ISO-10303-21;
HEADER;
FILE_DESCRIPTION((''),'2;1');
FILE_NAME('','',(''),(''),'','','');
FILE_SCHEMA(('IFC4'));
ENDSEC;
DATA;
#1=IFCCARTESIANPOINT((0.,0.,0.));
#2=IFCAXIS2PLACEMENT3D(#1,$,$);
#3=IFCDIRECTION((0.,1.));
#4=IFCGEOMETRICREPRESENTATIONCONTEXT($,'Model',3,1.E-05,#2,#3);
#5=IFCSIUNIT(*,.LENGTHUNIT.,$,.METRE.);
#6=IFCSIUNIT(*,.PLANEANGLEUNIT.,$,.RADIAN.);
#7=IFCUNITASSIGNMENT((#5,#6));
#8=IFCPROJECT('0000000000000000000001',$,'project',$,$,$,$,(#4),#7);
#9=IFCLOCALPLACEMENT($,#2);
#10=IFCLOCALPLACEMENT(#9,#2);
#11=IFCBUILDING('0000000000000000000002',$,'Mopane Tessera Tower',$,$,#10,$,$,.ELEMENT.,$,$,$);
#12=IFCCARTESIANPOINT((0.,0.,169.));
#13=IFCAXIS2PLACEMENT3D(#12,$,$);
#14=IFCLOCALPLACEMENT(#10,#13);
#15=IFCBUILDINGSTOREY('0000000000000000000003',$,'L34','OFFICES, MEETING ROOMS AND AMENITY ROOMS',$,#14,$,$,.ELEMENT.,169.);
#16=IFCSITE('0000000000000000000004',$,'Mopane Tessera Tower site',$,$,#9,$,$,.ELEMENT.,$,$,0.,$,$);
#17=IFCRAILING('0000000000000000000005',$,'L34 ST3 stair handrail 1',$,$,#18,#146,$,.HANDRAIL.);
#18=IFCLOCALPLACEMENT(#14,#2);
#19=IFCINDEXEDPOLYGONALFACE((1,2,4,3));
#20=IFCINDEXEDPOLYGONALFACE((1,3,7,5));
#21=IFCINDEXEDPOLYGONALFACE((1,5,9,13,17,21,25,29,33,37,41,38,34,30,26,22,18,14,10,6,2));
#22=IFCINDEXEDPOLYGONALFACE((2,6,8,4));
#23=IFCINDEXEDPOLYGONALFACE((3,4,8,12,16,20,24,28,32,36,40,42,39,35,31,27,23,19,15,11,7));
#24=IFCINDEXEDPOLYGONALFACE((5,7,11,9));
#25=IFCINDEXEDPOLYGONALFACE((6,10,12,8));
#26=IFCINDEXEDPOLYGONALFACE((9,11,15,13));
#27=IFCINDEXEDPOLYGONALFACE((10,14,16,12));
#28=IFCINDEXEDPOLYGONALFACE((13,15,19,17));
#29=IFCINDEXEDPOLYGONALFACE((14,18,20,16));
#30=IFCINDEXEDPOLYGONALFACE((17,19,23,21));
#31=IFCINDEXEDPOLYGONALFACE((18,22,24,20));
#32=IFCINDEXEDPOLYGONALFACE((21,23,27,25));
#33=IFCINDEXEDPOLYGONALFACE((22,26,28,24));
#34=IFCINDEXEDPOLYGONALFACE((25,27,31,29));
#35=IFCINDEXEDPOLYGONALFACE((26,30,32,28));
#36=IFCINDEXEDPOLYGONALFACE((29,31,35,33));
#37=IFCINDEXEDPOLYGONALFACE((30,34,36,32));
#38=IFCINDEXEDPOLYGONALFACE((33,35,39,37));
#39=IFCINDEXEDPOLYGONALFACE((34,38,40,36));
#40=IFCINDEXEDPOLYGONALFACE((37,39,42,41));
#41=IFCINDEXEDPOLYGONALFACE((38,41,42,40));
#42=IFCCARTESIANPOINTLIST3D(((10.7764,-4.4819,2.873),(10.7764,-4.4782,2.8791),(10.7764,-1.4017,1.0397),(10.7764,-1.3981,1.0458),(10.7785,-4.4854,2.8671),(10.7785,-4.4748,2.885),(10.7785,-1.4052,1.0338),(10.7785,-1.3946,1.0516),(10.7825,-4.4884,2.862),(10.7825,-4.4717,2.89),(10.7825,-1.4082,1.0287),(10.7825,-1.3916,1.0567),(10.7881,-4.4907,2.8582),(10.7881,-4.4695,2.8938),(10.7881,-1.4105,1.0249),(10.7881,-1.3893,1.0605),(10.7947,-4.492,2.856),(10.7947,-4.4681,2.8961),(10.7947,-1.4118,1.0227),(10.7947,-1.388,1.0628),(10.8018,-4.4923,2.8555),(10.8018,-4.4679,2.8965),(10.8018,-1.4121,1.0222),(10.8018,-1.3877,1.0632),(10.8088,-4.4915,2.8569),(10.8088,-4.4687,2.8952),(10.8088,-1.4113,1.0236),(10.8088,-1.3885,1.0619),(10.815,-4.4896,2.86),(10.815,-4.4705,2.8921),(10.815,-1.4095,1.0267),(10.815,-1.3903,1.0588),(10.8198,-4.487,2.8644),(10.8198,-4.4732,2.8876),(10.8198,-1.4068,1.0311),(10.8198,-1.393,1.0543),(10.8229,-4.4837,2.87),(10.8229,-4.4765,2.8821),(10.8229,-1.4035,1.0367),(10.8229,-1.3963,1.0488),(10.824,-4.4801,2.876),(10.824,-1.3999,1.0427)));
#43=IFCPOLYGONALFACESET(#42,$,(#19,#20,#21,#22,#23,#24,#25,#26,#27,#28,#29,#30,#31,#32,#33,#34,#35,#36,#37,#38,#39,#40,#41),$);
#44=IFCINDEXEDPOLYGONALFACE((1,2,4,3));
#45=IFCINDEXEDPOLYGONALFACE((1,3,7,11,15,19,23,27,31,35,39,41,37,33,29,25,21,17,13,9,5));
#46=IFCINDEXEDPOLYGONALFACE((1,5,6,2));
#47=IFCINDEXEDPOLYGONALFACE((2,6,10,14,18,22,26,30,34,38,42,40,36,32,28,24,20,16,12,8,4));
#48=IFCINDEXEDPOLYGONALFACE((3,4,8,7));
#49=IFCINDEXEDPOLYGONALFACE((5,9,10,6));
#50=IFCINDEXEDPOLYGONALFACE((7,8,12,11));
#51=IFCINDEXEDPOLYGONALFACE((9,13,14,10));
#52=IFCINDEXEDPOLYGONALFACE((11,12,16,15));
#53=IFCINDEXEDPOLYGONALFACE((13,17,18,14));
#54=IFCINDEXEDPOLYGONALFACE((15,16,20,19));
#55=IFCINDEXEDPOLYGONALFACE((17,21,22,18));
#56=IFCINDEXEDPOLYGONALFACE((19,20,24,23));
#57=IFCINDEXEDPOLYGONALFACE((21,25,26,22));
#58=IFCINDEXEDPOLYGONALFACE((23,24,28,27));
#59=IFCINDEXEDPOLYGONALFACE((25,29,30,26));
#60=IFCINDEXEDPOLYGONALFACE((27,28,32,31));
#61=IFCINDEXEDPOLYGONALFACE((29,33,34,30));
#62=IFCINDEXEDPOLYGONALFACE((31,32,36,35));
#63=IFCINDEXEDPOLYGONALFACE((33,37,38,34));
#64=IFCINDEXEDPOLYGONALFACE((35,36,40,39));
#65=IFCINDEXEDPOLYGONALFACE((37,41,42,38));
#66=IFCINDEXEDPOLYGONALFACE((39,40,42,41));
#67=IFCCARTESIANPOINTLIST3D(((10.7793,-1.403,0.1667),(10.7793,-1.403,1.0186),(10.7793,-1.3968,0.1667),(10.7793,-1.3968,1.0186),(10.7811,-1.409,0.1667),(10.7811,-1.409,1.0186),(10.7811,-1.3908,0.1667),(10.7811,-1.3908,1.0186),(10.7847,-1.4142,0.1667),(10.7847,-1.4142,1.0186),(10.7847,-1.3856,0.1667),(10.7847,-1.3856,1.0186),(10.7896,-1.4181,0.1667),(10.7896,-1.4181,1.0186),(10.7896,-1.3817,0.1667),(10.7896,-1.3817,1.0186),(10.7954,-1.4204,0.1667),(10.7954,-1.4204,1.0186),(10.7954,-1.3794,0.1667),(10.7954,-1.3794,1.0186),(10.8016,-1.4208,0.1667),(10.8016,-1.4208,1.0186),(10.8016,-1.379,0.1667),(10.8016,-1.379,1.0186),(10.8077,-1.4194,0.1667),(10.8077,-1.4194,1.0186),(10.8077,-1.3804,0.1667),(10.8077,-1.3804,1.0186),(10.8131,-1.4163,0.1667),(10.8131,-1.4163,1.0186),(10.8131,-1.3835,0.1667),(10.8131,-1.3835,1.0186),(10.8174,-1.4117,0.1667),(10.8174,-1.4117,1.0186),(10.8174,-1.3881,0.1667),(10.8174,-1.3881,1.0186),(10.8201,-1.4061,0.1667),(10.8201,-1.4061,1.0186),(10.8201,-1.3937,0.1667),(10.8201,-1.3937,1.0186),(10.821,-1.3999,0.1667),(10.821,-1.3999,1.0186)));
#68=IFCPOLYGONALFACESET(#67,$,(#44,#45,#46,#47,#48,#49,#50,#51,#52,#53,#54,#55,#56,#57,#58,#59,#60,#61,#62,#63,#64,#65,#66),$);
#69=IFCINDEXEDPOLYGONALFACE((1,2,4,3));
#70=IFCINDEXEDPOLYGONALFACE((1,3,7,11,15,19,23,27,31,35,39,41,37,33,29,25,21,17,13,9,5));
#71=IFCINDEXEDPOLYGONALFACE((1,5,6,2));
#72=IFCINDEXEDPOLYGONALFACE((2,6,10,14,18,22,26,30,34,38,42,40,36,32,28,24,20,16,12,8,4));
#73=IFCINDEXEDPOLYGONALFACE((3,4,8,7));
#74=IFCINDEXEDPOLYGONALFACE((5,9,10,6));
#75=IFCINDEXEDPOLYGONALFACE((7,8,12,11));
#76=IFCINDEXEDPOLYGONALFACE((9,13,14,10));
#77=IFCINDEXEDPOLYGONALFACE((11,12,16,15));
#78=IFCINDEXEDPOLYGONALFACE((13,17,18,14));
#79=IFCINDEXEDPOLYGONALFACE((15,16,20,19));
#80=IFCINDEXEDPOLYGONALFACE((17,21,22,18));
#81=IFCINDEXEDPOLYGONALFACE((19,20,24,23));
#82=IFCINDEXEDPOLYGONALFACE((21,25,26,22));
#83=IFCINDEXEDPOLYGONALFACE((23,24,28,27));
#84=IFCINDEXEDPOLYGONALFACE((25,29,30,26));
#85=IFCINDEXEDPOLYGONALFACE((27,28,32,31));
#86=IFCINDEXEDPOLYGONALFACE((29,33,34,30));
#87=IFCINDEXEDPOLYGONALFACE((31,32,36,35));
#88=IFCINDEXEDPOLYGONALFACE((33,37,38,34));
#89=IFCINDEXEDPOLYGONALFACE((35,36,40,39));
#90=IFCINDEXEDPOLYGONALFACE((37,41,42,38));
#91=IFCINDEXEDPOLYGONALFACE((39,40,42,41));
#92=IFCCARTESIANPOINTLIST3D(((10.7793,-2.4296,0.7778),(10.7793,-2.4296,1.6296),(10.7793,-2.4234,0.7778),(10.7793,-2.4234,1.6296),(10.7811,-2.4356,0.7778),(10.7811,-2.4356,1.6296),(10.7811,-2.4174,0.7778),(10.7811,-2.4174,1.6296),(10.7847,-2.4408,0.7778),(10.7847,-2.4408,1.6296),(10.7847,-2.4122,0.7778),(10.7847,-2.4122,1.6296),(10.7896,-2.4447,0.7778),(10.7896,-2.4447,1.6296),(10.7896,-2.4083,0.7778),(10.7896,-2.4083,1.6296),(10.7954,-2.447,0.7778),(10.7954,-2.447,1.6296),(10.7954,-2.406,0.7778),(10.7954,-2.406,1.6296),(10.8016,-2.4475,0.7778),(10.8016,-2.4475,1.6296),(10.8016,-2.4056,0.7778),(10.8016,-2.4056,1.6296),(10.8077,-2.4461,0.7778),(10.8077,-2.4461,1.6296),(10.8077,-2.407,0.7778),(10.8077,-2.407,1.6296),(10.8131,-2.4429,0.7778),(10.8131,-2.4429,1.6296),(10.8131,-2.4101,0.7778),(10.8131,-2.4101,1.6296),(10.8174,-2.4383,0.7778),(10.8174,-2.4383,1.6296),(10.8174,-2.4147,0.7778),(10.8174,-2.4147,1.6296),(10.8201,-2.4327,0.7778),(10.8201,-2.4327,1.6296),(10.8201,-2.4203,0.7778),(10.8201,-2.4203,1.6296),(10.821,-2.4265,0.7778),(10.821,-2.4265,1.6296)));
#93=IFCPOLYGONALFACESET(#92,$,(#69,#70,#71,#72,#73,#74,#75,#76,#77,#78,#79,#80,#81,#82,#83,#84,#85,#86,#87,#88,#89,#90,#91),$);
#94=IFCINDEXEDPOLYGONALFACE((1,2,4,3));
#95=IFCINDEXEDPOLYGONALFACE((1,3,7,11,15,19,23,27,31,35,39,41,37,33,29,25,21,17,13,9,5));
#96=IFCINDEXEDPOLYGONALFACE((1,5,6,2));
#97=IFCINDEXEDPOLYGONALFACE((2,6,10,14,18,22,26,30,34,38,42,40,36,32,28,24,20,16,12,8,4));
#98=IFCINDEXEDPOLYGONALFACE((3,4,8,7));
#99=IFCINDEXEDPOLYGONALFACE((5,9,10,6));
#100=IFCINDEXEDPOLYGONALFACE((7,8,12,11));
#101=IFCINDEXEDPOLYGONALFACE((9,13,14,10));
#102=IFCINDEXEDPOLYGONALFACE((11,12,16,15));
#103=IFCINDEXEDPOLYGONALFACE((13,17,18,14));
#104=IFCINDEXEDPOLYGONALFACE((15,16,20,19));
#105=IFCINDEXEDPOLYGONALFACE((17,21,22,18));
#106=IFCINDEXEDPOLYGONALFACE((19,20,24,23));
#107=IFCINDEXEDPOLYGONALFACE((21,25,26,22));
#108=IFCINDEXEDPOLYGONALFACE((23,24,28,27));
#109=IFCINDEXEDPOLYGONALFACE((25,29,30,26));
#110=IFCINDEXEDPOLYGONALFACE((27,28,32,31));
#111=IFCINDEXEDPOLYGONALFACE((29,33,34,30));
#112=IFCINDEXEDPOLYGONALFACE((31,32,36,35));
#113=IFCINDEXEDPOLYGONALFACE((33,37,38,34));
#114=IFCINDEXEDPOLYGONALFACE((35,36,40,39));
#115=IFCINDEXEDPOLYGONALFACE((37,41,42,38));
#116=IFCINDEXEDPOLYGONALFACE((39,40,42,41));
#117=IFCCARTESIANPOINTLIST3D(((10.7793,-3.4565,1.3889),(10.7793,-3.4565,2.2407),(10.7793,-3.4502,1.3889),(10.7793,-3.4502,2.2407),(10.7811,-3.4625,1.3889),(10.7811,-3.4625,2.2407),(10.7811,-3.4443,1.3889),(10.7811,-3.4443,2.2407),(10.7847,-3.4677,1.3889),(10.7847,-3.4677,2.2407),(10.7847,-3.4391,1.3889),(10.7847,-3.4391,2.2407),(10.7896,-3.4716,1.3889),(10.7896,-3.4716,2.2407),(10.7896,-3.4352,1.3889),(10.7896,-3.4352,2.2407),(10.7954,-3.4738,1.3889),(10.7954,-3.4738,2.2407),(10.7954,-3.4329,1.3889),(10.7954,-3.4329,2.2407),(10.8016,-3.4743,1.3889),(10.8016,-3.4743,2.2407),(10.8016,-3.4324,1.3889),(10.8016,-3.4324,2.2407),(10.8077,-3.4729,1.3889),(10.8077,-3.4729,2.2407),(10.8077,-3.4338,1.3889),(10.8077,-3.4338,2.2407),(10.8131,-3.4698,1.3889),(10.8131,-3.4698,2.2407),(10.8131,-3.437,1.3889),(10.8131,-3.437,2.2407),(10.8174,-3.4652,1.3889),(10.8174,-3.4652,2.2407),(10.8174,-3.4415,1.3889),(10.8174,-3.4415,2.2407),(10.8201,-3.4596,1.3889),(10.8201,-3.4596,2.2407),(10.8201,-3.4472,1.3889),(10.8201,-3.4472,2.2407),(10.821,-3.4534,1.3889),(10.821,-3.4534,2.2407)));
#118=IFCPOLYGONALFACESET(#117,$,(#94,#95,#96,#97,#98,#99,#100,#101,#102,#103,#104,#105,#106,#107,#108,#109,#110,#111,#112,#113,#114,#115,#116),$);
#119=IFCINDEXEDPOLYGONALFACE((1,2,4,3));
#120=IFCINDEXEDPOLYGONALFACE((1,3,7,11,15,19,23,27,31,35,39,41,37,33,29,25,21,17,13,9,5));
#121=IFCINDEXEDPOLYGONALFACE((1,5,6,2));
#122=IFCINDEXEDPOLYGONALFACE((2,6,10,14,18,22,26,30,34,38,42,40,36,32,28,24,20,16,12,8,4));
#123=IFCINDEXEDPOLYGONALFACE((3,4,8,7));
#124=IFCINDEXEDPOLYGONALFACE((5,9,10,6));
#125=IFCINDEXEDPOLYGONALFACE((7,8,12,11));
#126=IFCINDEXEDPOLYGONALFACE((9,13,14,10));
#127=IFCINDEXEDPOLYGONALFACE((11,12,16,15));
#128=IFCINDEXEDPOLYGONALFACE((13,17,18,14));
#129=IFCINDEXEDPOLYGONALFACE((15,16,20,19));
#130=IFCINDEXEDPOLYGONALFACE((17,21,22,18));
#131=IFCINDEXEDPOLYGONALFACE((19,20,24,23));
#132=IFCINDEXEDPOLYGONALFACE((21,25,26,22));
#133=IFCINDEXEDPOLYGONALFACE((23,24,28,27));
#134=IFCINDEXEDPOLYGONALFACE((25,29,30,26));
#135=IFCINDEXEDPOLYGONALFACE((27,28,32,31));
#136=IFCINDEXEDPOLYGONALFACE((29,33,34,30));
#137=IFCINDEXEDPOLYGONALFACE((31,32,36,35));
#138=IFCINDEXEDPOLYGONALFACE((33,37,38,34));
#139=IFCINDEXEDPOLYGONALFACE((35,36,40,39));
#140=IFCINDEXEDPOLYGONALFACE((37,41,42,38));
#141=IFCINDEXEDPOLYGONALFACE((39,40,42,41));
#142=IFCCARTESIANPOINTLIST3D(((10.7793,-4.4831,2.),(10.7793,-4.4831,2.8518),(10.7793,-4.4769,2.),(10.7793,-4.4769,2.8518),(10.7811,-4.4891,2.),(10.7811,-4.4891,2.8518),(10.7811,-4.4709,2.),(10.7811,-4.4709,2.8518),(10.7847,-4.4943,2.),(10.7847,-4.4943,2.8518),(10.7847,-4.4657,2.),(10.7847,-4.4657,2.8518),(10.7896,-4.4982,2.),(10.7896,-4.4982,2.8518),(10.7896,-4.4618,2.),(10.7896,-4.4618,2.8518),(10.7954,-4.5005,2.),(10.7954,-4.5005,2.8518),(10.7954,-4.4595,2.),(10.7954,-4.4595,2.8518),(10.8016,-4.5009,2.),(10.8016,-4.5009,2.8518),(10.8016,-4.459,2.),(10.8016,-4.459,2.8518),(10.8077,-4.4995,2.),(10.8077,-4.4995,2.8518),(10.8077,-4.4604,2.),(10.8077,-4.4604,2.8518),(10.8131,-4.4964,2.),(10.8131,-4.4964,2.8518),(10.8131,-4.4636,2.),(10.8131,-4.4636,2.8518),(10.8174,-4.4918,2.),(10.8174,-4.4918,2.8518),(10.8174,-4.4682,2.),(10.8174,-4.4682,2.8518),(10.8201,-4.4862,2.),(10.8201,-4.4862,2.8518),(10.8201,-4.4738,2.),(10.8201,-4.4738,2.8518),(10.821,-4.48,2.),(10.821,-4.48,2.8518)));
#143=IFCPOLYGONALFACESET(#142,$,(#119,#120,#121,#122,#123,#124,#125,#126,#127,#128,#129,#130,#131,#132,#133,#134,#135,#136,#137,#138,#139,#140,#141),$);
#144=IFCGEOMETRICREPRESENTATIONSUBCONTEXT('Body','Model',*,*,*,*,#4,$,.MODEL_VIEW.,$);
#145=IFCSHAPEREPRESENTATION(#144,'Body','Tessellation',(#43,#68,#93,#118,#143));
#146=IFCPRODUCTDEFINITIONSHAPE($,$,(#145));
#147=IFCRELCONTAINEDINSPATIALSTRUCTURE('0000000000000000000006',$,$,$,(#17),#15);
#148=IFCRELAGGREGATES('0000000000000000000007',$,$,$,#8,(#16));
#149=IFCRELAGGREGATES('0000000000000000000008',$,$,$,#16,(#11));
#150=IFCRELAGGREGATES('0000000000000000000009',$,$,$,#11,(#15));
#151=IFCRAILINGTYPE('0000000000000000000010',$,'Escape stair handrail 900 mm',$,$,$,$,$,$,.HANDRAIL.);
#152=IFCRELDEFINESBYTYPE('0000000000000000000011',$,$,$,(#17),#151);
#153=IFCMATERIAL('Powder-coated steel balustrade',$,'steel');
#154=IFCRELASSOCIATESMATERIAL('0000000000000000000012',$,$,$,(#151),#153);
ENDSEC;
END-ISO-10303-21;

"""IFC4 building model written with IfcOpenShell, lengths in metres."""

from ifc_helpers import new_model, si_unit, direction, frame, origin, origin_2d, place, context, subcontext, project, spatial, circle, extrude, material, type_object, element, save


model = new_model("IFC4")

# Units and contexts
model_context = context("Model", 3, precision=1e-05, world=origin(), true_north=direction((0.0, 1.0)))
body_context = subcontext(model_context, "Body", "Model", "MODEL_VIEW")
ifc_project = project(units=[si_unit("LENGTHUNIT", "METRE"), si_unit("PLANEANGLEUNIT", "RADIAN")], contexts=[model_context])

# Site, building, storey
site_placement = place(None, origin())
site = spatial("IfcSite", under=ifc_project, at=site_placement, Name="Mopane Tessera Tower site", CompositionType="ELEMENT", RefElevation=0.0)
building_placement = place(site_placement, origin())
building = spatial("IfcBuilding", under=site, at=building_placement, Name="Mopane Tessera Tower", CompositionType="ELEMENT")
storey_placement = place(building_placement, frame((0.0, 0.0, 169.0)))
storey = spatial("IfcBuildingStorey", under=building, at=storey_placement, Name="L34", Description="OFFICES, MEETING ROOMS AND AMENITY ROOMS", CompositionType="ELEMENT", Elevation=169.0)

# Railing
ifc_material_1 = material(Name="Powder-coated steel balustrade", Category="steel")
railing_type_1 = type_object("IfcRailingType", Name="Escape stair handrail 900 mm", PredefinedType="HANDRAIL", material=ifc_material_1)
railing_1_placement = place(storey_placement, frame((10.8, -1.3999, 0.1667)))
element("IfcRailing", 1, at=railing_1_placement, inside=storey, type_object=railing_type_1, Name="L34 ST3 stair handrail 1", PredefinedType="HANDRAIL", context=body_context, shape_type="SweptSolid", body=[
    extrude(circle(Radius=0.0239, at=origin_2d()), frame((0.0, 0.0, 0.876), z_axis=(0.0, -0.859309, 0.511458), x_axis=(1.0, 0.0, 0.0)), (0.0, 0.0, 1.0), 3.5845),
    extrude(circle(Radius=0.021, at=origin_2d()), origin(), (0.0, 0.0, 1.0), 0.8518),
    extrude(circle(Radius=0.021, at=origin_2d()), frame((0.0, -1.0266, 0.6111)), (0.0, 0.0, 1.0), 0.8518),
    extrude(circle(Radius=0.021, at=origin_2d()), frame((0.0, -2.0535, 1.2222)), (0.0, 0.0, 1.0), 0.8518),
    extrude(circle(Radius=0.021, at=origin_2d()), frame((0.0, -3.0801, 1.8333)), (0.0, 0.0, 1.0), 0.8518),
])

save(model, "model.ifc")
